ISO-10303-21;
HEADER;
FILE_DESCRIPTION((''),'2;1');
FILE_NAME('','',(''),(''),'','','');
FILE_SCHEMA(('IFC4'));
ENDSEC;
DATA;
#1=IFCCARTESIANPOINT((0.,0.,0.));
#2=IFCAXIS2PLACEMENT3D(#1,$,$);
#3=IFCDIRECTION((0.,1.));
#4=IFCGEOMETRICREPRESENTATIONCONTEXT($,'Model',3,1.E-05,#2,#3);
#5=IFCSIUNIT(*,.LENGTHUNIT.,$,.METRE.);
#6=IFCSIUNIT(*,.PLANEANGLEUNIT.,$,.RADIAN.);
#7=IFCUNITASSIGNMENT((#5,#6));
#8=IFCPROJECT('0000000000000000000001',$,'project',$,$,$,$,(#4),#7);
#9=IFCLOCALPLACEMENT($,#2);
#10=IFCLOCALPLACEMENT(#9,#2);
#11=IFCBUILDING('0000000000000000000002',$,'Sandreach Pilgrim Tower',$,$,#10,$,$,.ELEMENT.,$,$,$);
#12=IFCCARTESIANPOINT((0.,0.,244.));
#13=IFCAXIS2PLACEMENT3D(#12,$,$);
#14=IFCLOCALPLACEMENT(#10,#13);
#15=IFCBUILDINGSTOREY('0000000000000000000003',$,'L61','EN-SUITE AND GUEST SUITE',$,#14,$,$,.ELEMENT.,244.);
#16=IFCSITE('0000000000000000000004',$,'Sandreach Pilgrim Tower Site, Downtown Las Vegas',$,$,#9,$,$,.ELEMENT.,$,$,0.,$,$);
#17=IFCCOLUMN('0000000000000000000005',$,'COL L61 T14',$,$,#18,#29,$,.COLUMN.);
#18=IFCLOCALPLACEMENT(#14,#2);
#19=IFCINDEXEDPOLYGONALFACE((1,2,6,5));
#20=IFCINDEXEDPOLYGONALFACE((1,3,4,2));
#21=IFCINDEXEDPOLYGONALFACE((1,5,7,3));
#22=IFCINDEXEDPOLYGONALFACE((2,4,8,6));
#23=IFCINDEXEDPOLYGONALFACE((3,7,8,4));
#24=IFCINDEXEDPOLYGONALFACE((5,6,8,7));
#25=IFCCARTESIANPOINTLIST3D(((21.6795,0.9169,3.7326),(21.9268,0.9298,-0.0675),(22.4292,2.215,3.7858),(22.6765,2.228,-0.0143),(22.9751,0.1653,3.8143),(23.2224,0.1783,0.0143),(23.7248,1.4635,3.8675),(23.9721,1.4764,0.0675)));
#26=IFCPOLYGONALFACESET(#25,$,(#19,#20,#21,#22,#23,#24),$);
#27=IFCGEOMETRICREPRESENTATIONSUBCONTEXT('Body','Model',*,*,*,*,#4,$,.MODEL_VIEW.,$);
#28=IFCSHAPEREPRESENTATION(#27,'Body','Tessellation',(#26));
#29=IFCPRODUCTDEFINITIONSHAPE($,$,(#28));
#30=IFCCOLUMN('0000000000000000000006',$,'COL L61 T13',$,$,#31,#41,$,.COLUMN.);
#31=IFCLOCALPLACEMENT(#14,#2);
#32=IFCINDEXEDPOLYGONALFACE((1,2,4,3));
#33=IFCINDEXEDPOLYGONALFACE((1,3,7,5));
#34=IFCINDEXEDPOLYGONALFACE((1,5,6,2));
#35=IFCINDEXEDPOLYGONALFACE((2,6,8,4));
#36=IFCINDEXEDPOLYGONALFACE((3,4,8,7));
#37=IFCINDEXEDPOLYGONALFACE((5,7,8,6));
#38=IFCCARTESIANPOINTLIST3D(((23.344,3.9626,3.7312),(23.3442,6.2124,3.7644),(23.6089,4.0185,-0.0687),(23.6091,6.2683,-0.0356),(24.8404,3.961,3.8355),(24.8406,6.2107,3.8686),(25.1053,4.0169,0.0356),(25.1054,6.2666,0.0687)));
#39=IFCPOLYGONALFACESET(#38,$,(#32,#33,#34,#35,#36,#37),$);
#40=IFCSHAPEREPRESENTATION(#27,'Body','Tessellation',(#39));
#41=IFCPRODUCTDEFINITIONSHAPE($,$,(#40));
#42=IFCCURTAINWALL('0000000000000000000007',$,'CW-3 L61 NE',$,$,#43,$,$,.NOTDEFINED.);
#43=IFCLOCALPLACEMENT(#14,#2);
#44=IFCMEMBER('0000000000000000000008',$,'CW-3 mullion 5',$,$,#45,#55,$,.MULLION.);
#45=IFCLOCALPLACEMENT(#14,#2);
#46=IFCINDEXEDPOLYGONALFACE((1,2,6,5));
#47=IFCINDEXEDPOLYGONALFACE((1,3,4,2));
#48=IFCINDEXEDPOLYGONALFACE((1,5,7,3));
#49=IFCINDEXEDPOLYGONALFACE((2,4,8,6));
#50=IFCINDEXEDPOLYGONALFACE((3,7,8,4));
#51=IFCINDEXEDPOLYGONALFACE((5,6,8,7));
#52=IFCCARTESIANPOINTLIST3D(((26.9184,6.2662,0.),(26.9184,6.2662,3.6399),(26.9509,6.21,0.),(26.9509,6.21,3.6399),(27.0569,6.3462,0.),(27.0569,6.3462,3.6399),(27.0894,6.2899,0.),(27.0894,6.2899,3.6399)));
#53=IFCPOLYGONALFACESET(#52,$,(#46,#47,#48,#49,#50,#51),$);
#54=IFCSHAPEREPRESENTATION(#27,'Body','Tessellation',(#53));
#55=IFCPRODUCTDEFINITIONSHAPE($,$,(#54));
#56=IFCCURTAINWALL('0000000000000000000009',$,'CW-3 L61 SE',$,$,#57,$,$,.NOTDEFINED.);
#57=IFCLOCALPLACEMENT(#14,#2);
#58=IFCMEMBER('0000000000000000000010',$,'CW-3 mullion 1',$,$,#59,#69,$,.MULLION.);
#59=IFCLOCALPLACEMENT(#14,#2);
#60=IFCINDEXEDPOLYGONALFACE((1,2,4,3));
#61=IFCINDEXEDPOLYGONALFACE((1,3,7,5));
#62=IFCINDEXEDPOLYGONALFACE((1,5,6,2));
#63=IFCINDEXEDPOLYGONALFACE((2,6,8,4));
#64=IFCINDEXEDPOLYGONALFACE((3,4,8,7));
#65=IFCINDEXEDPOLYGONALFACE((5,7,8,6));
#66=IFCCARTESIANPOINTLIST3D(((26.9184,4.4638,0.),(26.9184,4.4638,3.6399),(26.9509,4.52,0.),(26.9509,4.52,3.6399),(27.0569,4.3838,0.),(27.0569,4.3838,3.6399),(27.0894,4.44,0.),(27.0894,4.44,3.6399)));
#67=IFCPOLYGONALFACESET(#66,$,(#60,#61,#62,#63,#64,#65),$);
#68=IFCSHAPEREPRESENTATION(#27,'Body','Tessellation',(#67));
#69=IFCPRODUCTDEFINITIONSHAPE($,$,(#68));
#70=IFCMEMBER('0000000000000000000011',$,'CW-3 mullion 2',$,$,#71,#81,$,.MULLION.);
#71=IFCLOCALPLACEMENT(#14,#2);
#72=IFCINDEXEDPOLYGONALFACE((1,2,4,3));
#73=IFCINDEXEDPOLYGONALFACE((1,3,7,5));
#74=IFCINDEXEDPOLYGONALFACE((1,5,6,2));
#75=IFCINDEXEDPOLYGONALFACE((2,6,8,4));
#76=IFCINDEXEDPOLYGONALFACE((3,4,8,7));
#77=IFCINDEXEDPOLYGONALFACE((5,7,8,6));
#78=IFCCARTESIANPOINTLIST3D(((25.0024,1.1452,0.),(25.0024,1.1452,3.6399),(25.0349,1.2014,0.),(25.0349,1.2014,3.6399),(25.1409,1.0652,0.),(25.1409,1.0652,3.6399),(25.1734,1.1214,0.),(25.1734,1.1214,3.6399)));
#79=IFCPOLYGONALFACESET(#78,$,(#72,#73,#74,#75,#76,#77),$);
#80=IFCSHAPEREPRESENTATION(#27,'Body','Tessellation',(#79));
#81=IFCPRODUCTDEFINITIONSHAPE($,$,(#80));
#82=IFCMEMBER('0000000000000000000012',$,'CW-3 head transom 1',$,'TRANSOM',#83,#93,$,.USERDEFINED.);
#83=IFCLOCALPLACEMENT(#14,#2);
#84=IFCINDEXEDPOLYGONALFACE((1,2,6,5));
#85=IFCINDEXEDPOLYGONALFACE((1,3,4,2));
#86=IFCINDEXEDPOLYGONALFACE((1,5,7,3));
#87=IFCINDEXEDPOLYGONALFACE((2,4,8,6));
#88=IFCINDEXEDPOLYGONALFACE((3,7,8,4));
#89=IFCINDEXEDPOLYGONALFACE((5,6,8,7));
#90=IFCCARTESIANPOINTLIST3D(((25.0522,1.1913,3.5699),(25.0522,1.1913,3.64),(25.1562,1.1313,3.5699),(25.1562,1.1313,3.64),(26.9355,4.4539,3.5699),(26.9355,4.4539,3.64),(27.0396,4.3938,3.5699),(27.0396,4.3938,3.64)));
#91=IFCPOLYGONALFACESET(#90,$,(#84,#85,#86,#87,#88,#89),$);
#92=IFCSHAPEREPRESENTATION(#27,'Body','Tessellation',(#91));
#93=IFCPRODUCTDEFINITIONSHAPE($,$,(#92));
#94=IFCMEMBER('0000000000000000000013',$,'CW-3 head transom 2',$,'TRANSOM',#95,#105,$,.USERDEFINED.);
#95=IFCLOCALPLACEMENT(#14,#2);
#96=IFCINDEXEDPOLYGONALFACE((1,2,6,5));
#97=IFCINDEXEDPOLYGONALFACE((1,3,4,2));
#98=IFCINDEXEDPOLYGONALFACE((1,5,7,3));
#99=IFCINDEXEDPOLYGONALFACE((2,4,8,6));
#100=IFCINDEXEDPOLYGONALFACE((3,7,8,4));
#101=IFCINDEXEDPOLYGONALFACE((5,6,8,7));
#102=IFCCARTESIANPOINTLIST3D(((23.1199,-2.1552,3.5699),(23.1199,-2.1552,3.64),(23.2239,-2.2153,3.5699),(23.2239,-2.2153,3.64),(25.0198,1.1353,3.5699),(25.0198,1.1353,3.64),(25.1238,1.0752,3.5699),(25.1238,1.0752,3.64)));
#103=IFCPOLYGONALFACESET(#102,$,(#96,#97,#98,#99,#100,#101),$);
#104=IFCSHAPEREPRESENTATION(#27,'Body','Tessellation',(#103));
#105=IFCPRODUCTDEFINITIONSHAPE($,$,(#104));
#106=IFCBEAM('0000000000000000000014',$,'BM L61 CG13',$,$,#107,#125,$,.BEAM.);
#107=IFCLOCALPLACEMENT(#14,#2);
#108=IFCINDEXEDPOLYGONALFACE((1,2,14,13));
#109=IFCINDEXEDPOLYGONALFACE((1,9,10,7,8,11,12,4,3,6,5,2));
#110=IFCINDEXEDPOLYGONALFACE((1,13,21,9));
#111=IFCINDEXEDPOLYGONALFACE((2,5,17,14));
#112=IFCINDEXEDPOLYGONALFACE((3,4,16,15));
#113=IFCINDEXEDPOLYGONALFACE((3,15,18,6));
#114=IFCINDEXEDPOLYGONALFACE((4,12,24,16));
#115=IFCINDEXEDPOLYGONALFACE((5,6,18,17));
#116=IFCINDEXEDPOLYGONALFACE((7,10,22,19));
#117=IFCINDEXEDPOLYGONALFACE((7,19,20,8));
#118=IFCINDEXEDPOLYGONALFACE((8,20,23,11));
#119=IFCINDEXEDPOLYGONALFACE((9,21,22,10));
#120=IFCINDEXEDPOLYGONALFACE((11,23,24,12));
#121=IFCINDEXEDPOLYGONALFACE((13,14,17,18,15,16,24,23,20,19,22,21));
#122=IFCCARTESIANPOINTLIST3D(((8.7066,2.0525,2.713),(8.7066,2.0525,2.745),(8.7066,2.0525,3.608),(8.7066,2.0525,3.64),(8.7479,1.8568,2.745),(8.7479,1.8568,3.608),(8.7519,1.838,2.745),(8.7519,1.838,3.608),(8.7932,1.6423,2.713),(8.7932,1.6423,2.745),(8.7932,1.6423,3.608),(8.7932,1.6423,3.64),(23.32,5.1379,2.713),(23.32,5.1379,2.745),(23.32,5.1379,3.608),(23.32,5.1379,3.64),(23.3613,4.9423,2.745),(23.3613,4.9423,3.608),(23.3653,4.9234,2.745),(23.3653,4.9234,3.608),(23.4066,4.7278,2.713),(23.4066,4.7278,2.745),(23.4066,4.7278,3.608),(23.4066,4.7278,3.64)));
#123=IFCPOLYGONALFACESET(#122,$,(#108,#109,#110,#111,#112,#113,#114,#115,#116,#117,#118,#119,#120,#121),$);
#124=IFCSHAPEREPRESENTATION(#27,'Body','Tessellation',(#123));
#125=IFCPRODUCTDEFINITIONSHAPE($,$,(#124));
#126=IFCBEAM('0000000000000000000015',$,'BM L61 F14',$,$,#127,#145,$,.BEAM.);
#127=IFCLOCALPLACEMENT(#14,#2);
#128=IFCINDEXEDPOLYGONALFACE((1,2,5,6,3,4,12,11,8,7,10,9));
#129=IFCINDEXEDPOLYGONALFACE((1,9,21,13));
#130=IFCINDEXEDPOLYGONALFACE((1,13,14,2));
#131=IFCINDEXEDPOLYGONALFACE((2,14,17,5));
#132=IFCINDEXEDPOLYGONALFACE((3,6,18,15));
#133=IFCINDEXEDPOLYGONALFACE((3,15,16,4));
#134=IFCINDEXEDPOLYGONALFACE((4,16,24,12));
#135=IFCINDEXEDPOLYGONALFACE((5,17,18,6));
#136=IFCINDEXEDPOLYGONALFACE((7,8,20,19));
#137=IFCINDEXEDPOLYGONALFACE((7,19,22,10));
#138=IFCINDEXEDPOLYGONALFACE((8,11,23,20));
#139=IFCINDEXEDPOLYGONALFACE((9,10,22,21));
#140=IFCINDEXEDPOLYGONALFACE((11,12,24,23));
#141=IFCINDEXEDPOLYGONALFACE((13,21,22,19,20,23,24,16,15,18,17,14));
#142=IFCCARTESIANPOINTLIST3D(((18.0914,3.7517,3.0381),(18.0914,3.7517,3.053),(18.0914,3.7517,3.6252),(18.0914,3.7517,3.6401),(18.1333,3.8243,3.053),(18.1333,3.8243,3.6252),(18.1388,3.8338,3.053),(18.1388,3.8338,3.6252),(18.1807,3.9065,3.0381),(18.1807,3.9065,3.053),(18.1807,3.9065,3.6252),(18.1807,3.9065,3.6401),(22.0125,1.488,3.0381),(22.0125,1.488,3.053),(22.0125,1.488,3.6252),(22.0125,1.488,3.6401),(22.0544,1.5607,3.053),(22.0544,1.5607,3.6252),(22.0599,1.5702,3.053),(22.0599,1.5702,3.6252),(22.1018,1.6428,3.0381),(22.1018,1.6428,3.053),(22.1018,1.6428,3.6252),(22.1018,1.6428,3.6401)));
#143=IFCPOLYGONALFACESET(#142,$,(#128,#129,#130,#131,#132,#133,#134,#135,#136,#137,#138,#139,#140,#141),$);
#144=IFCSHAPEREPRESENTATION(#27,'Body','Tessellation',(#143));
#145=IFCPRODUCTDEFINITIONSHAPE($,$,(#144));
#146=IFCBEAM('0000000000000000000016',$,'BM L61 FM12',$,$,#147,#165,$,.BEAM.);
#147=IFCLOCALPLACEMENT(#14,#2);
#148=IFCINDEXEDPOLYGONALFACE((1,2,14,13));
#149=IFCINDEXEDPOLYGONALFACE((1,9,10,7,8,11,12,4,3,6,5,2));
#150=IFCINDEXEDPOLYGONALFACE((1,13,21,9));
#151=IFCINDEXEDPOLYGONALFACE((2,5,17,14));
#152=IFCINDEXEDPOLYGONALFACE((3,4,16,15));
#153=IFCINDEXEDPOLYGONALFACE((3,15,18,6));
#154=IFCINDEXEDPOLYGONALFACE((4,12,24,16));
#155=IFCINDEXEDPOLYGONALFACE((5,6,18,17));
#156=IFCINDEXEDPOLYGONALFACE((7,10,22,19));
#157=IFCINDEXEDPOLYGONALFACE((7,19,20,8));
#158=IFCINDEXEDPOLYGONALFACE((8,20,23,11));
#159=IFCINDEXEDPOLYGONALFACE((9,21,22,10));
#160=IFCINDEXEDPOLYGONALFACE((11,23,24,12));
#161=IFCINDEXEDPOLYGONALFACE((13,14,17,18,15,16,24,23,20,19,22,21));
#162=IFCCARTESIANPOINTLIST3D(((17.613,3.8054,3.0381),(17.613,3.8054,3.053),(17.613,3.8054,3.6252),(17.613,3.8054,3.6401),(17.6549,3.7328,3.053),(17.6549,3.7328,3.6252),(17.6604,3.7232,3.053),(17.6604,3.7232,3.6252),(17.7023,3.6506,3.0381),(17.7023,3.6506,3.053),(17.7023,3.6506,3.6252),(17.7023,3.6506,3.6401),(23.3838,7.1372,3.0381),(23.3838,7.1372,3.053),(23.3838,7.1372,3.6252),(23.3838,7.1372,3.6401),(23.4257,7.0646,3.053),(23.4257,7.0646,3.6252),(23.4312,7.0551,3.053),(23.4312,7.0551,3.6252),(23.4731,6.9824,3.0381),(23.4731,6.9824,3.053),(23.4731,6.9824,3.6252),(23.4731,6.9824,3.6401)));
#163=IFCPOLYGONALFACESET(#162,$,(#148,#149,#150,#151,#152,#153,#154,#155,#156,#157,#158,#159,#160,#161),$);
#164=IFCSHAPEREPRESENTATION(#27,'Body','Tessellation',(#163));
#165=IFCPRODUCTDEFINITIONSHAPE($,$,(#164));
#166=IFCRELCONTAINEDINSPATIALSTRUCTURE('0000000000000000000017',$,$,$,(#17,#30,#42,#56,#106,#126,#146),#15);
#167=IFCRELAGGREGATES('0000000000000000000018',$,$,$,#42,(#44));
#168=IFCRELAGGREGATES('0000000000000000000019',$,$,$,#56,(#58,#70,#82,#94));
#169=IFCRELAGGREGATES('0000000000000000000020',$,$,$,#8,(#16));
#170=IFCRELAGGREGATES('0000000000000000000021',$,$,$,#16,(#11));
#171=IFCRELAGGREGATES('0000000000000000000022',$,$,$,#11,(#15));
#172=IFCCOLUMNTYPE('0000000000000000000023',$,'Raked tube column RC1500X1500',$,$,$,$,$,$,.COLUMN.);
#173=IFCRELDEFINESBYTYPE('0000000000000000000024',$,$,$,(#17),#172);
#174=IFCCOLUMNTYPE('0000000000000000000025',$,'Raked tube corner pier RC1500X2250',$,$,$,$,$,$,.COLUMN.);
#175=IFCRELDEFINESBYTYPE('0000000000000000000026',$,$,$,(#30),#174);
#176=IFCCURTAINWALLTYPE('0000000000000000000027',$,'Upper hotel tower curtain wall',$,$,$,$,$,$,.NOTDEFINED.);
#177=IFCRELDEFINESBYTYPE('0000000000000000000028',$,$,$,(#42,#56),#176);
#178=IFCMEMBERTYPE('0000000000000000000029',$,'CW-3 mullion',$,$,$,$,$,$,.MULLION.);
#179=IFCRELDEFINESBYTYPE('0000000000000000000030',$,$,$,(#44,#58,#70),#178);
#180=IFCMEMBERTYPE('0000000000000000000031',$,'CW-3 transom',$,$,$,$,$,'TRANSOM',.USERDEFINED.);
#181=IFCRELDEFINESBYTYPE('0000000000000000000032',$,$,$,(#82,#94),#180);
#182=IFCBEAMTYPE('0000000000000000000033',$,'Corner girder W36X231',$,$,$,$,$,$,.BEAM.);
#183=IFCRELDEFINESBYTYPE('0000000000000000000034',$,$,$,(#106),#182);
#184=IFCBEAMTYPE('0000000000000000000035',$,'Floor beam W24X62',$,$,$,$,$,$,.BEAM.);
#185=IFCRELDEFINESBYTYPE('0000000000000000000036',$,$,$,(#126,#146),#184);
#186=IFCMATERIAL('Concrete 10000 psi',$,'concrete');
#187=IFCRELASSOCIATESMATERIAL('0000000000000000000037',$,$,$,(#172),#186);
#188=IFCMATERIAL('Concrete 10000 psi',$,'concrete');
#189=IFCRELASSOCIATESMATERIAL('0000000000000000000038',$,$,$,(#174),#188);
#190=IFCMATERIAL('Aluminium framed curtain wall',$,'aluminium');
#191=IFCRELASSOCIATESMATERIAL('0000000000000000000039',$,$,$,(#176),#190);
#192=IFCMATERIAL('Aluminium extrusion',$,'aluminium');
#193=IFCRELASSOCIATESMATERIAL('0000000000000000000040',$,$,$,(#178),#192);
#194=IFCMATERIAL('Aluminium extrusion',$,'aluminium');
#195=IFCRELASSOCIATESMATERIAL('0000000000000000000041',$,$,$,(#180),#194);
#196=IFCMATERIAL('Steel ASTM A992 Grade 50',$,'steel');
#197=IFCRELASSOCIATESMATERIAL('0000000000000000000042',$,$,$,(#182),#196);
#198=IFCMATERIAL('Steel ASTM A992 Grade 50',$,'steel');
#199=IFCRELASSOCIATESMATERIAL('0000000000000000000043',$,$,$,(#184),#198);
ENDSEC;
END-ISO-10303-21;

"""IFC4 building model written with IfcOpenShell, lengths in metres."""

from ifc_helpers import new_model, si_unit, direction, frame, origin, origin_2d, place, context, subcontext, project, spatial, rectangle, i_section, extrude, material, material_profile, profile_set, type_object, element, aggregate, save


model = new_model("IFC4")

# Units and contexts
model_context = context("Model", 3, precision=1e-05, world=origin(), true_north=direction((0.0, 1.0)))
body_context = subcontext(model_context, "Body", "Model", "MODEL_VIEW")
ifc_project = project(units=[si_unit("LENGTHUNIT", "METRE"), si_unit("PLANEANGLEUNIT", "RADIAN")], contexts=[model_context])

# Site, building, storey
site_placement = place(None, origin())
site = spatial("IfcSite", under=ifc_project, at=site_placement, Name="Sandreach Pilgrim Tower Site, Downtown Las Vegas", CompositionType="ELEMENT", RefElevation=0.0)
building_placement = place(site_placement, origin())
building = spatial("IfcBuilding", under=site, at=building_placement, Name="Sandreach Pilgrim Tower", CompositionType="ELEMENT")
storey_placement = place(building_placement, frame((0.0, 0.0, 244.0)))
storey = spatial("IfcBuildingStorey", under=building, at=storey_placement, Name="L61", Description="EN-SUITE AND GUEST SUITE", CompositionType="ELEMENT", Elevation=244.0)

# Columns
ifc_material_1 = material(Name="Concrete 10000 psi", Category="concrete")
ifc_material_profile_1 = material_profile(ifc_material_1, rectangle(XDim=1.5, YDim=1.5, at=origin_2d()), Name="RC1500X1500")
ifc_profile_set_1 = profile_set([ifc_material_profile_1], Name="Concrete 10000 psi")
column_type_1 = type_object("IfcColumnType", Name="Raked tube column RC1500X1500", PredefinedType="COLUMN", material=ifc_profile_set_1)
column_1_placement = place(storey_placement, frame((22.9495, 1.2031, 0.0), z_axis=(-0.064944, -0.003398, 0.997883), x_axis=(0.863717, -0.50102, 0.054506)))
element("IfcColumn", 1, at=column_1_placement, inside=storey, type_object=column_type_1, Name="COL L61 T14", PredefinedType="COLUMN", context=body_context, shape_type="SweptSolid", body=[
    extrude(rectangle(XDim=1.5, YDim=1.5, at=origin_2d()), origin(), (0.0, 0.0, 1.0), 3.8081),
])
ifc_material_2 = material(Name="Concrete 10000 psi", Category="concrete")
ifc_material_profile_2 = material_profile(ifc_material_2, rectangle(XDim=1.5, YDim=2.25, at=origin_2d()), Name="RC1500X2250")
ifc_profile_set_2 = profile_set([ifc_material_profile_2], Name="Concrete 10000 psi")
column_type_2 = type_object("IfcColumnType", Name="Raked tube corner pier RC1500X2250", PredefinedType="COLUMN", material=ifc_profile_set_2)
column_2_placement = place(storey_placement, frame((24.3572, 5.1426, 0.0), z_axis=(-0.069531, -0.014675, 0.997472), x_axis=(0.99758, -0.001093, 0.069523)))
element("IfcColumn", 2, at=column_2_placement, inside=storey, type_object=column_type_2, Name="COL L61 T13", PredefinedType="COLUMN", context=body_context, shape_type="SweptSolid", body=[
    extrude(rectangle(XDim=1.5, YDim=2.25, at=origin_2d()), origin(), (0.0, 0.0, 1.0), 3.8096),
])

# Curtain wall, member
ifc_material_3 = material(Name="Aluminium framed curtain wall", Category="aluminium")
curtain_wall_type = type_object("IfcCurtainWallType", Name="Upper hotel tower curtain wall", PredefinedType="NOTDEFINED", material=ifc_material_3)
curtain_wall_1_placement = place(storey_placement, origin())
curtain_wall_1 = element("IfcCurtainWall", 3, at=curtain_wall_1_placement, inside=storey, type_object=curtain_wall_type, Name="CW-3 L61 NE", PredefinedType="NOTDEFINED")
ifc_material_4 = material(Name="Aluminium extrusion", Category="aluminium")
ifc_material_profile_3 = material_profile(ifc_material_4, rectangle(XDim=0.0649, YDim=0.1599, at=origin_2d()), Name="CW-3M 65X160")
ifc_profile_set_3 = profile_set([ifc_material_profile_3], Name="Aluminium extrusion")
member_type_1 = type_object("IfcMemberType", Name="CW-3 mullion", PredefinedType="MULLION", material=ifc_profile_set_3)
member_1_placement = place(storey_placement, frame((27.0039, 6.2781, 0.0), z_axis=(0.0, 0.0, 1.0), x_axis=(0.5, -0.866025, 0.0)))
member_1 = element("IfcMember", 4, at=member_1_placement, type_object=member_type_1, Name="CW-3 mullion 5", PredefinedType="MULLION", context=body_context, shape_type="SweptSolid", body=[
    extrude(rectangle(XDim=0.0649, YDim=0.1599, at=origin_2d()), origin(), (0.0, 0.0, 1.0), 3.6399),
])

# Curtain wall, members
curtain_wall_2_placement = place(storey_placement, origin())
curtain_wall_2 = element("IfcCurtainWall", 5, at=curtain_wall_2_placement, inside=storey, type_object=curtain_wall_type, Name="CW-3 L61 SE", PredefinedType="NOTDEFINED")
member_2_placement = place(storey_placement, frame((27.0039, 4.4519, 0.0), z_axis=(0.0, 0.0, 1.0), x_axis=(-0.5, -0.866025, 0.0)))
member_2 = element("IfcMember", 6, at=member_2_placement, type_object=member_type_1, Name="CW-3 mullion 1", PredefinedType="MULLION", context=body_context, shape_type="SweptSolid", body=[
    extrude(rectangle(XDim=0.0649, YDim=0.1599, at=origin_2d()), origin(), (0.0, 0.0, 1.0), 3.6399),
])
member_3_placement = place(storey_placement, frame((25.0879, 1.1333, 0.0), z_axis=(0.0, 0.0, 1.0), x_axis=(-0.5, -0.866025, 0.0)))
member_3 = element("IfcMember", 7, at=member_3_placement, type_object=member_type_1, Name="CW-3 mullion 2", PredefinedType="MULLION", context=body_context, shape_type="SweptSolid", body=[
    extrude(rectangle(XDim=0.0649, YDim=0.1599, at=origin_2d()), origin(), (0.0, 0.0, 1.0), 3.6399),
])
ifc_material_5 = material(Name="Aluminium extrusion", Category="aluminium")
ifc_material_profile_4 = material_profile(ifc_material_5, rectangle(XDim=0.1201, YDim=0.0701, at=origin_2d()), Name="CW-3T 120X70")
ifc_profile_set_4 = profile_set([ifc_material_profile_4], Name="Aluminium extrusion")
member_type_2 = type_object("IfcMemberType", Name="CW-3 transom", ElementType="TRANSOM", PredefinedType="USERDEFINED", material=ifc_profile_set_4)
member_4_placement = place(storey_placement, frame((26.9875, 4.4238, 3.605), z_axis=(-0.499945, -0.866057, 0.0), x_axis=(0.866057, -0.499945, 0.0)))
member_4 = element("IfcMember", 8, at=member_4_placement, type_object=member_type_2, Name="CW-3 head transom 1", ObjectType="TRANSOM", PredefinedType="USERDEFINED", context=body_context, shape_type="SweptSolid", body=[
    extrude(rectangle(XDim=0.1201, YDim=0.0701, at=origin_2d()), origin(), (0.0, 0.0, 1.0), 3.7671),
])
member_5_placement = place(storey_placement, frame((25.0718, 1.1052, 3.605), z_axis=(-0.500023, -0.866012, 0.0), x_axis=(0.866012, -0.500023, 0.0)))
member_5 = element("IfcMember", 9, at=member_5_placement, type_object=member_type_2, Name="CW-3 head transom 2", ObjectType="TRANSOM", PredefinedType="USERDEFINED", context=body_context, shape_type="SweptSolid", body=[
    extrude(rectangle(XDim=0.1201, YDim=0.0701, at=origin_2d()), origin(), (0.0, 0.0, 1.0), 3.7996),
])

# Beams
ifc_material_6 = material(Name="Steel ASTM A992 Grade 50", Category="steel")
ifc_material_profile_5 = material_profile(ifc_material_6, i_section(OverallWidth=0.4192, OverallDepth=0.927, WebThickness=0.0193, FlangeThickness=0.032, at=origin_2d()), Name="W36X231")
ifc_profile_set_5 = profile_set([ifc_material_profile_5], Name="Steel ASTM A992 Grade 50")
beam_type_1 = type_object("IfcBeamType", Name="Corner girder W36X231", PredefinedType="BEAM", material=ifc_profile_set_5)
beam_1_placement = place(storey_placement, frame((23.3633, 4.9329, 3.1765), z_axis=(-0.978429, -0.206585, 0.0), x_axis=(0.206585, -0.978429, 0.0)))
element("IfcBeam", 10, at=beam_1_placement, inside=storey, type_object=beam_type_1, Name="BM L61 CG13", PredefinedType="BEAM", context=body_context, shape_type="SweptSolid", body=[
    extrude(i_section(OverallWidth=0.4192, OverallDepth=0.927, WebThickness=0.0193, FlangeThickness=0.032, at=origin_2d()), origin(), (0.0, 0.0, 1.0), 14.9355),
])
ifc_material_7 = material(Name="Steel ASTM A992 Grade 50", Category="steel")
ifc_material_profile_6 = material_profile(ifc_material_7, i_section(OverallWidth=0.1787, OverallDepth=0.6021, WebThickness=0.011, FlangeThickness=0.0149, at=origin_2d()), Name="W24X62")
ifc_profile_set_6 = profile_set([ifc_material_profile_6], Name="Steel ASTM A992 Grade 50")
beam_type_2 = type_object("IfcBeamType", Name="Floor beam W24X62", PredefinedType="BEAM", material=ifc_profile_set_6)
beam_2_placement = place(storey_placement, frame((22.0571, 1.5654, 3.3391), z_axis=(-0.866045, 0.499967, 0.0), x_axis=(-0.499967, -0.866045, 0.0)))
element("IfcBeam", 11, at=beam_2_placement, inside=storey, type_object=beam_type_2, Name="BM L61 F14", PredefinedType="BEAM", context=body_context, shape_type="SweptSolid", body=[
    extrude(i_section(OverallWidth=0.1787, OverallDepth=0.6021, WebThickness=0.011, FlangeThickness=0.0149, at=origin_2d()), origin(), (0.0, 0.0, 1.0), 4.5276),
])
beam_3_placement = place(storey_placement, frame((23.4285, 7.0598, 3.3391), z_axis=(-0.866023, -0.500005, 0.0), x_axis=(0.500005, -0.866023, 0.0)))
element("IfcBeam", 12, at=beam_3_placement, inside=storey, type_object=beam_type_2, Name="BM L61 FM12", PredefinedType="BEAM", context=body_context, shape_type="SweptSolid", body=[
    extrude(i_section(OverallWidth=0.1787, OverallDepth=0.6021, WebThickness=0.011, FlangeThickness=0.0149, at=origin_2d()), origin(), (0.0, 0.0, 1.0), 6.6636),
])

aggregate(curtain_wall_1, [member_1])
aggregate(curtain_wall_2, [member_2, member_3, member_4, member_5])

save(model, "model.ifc")
